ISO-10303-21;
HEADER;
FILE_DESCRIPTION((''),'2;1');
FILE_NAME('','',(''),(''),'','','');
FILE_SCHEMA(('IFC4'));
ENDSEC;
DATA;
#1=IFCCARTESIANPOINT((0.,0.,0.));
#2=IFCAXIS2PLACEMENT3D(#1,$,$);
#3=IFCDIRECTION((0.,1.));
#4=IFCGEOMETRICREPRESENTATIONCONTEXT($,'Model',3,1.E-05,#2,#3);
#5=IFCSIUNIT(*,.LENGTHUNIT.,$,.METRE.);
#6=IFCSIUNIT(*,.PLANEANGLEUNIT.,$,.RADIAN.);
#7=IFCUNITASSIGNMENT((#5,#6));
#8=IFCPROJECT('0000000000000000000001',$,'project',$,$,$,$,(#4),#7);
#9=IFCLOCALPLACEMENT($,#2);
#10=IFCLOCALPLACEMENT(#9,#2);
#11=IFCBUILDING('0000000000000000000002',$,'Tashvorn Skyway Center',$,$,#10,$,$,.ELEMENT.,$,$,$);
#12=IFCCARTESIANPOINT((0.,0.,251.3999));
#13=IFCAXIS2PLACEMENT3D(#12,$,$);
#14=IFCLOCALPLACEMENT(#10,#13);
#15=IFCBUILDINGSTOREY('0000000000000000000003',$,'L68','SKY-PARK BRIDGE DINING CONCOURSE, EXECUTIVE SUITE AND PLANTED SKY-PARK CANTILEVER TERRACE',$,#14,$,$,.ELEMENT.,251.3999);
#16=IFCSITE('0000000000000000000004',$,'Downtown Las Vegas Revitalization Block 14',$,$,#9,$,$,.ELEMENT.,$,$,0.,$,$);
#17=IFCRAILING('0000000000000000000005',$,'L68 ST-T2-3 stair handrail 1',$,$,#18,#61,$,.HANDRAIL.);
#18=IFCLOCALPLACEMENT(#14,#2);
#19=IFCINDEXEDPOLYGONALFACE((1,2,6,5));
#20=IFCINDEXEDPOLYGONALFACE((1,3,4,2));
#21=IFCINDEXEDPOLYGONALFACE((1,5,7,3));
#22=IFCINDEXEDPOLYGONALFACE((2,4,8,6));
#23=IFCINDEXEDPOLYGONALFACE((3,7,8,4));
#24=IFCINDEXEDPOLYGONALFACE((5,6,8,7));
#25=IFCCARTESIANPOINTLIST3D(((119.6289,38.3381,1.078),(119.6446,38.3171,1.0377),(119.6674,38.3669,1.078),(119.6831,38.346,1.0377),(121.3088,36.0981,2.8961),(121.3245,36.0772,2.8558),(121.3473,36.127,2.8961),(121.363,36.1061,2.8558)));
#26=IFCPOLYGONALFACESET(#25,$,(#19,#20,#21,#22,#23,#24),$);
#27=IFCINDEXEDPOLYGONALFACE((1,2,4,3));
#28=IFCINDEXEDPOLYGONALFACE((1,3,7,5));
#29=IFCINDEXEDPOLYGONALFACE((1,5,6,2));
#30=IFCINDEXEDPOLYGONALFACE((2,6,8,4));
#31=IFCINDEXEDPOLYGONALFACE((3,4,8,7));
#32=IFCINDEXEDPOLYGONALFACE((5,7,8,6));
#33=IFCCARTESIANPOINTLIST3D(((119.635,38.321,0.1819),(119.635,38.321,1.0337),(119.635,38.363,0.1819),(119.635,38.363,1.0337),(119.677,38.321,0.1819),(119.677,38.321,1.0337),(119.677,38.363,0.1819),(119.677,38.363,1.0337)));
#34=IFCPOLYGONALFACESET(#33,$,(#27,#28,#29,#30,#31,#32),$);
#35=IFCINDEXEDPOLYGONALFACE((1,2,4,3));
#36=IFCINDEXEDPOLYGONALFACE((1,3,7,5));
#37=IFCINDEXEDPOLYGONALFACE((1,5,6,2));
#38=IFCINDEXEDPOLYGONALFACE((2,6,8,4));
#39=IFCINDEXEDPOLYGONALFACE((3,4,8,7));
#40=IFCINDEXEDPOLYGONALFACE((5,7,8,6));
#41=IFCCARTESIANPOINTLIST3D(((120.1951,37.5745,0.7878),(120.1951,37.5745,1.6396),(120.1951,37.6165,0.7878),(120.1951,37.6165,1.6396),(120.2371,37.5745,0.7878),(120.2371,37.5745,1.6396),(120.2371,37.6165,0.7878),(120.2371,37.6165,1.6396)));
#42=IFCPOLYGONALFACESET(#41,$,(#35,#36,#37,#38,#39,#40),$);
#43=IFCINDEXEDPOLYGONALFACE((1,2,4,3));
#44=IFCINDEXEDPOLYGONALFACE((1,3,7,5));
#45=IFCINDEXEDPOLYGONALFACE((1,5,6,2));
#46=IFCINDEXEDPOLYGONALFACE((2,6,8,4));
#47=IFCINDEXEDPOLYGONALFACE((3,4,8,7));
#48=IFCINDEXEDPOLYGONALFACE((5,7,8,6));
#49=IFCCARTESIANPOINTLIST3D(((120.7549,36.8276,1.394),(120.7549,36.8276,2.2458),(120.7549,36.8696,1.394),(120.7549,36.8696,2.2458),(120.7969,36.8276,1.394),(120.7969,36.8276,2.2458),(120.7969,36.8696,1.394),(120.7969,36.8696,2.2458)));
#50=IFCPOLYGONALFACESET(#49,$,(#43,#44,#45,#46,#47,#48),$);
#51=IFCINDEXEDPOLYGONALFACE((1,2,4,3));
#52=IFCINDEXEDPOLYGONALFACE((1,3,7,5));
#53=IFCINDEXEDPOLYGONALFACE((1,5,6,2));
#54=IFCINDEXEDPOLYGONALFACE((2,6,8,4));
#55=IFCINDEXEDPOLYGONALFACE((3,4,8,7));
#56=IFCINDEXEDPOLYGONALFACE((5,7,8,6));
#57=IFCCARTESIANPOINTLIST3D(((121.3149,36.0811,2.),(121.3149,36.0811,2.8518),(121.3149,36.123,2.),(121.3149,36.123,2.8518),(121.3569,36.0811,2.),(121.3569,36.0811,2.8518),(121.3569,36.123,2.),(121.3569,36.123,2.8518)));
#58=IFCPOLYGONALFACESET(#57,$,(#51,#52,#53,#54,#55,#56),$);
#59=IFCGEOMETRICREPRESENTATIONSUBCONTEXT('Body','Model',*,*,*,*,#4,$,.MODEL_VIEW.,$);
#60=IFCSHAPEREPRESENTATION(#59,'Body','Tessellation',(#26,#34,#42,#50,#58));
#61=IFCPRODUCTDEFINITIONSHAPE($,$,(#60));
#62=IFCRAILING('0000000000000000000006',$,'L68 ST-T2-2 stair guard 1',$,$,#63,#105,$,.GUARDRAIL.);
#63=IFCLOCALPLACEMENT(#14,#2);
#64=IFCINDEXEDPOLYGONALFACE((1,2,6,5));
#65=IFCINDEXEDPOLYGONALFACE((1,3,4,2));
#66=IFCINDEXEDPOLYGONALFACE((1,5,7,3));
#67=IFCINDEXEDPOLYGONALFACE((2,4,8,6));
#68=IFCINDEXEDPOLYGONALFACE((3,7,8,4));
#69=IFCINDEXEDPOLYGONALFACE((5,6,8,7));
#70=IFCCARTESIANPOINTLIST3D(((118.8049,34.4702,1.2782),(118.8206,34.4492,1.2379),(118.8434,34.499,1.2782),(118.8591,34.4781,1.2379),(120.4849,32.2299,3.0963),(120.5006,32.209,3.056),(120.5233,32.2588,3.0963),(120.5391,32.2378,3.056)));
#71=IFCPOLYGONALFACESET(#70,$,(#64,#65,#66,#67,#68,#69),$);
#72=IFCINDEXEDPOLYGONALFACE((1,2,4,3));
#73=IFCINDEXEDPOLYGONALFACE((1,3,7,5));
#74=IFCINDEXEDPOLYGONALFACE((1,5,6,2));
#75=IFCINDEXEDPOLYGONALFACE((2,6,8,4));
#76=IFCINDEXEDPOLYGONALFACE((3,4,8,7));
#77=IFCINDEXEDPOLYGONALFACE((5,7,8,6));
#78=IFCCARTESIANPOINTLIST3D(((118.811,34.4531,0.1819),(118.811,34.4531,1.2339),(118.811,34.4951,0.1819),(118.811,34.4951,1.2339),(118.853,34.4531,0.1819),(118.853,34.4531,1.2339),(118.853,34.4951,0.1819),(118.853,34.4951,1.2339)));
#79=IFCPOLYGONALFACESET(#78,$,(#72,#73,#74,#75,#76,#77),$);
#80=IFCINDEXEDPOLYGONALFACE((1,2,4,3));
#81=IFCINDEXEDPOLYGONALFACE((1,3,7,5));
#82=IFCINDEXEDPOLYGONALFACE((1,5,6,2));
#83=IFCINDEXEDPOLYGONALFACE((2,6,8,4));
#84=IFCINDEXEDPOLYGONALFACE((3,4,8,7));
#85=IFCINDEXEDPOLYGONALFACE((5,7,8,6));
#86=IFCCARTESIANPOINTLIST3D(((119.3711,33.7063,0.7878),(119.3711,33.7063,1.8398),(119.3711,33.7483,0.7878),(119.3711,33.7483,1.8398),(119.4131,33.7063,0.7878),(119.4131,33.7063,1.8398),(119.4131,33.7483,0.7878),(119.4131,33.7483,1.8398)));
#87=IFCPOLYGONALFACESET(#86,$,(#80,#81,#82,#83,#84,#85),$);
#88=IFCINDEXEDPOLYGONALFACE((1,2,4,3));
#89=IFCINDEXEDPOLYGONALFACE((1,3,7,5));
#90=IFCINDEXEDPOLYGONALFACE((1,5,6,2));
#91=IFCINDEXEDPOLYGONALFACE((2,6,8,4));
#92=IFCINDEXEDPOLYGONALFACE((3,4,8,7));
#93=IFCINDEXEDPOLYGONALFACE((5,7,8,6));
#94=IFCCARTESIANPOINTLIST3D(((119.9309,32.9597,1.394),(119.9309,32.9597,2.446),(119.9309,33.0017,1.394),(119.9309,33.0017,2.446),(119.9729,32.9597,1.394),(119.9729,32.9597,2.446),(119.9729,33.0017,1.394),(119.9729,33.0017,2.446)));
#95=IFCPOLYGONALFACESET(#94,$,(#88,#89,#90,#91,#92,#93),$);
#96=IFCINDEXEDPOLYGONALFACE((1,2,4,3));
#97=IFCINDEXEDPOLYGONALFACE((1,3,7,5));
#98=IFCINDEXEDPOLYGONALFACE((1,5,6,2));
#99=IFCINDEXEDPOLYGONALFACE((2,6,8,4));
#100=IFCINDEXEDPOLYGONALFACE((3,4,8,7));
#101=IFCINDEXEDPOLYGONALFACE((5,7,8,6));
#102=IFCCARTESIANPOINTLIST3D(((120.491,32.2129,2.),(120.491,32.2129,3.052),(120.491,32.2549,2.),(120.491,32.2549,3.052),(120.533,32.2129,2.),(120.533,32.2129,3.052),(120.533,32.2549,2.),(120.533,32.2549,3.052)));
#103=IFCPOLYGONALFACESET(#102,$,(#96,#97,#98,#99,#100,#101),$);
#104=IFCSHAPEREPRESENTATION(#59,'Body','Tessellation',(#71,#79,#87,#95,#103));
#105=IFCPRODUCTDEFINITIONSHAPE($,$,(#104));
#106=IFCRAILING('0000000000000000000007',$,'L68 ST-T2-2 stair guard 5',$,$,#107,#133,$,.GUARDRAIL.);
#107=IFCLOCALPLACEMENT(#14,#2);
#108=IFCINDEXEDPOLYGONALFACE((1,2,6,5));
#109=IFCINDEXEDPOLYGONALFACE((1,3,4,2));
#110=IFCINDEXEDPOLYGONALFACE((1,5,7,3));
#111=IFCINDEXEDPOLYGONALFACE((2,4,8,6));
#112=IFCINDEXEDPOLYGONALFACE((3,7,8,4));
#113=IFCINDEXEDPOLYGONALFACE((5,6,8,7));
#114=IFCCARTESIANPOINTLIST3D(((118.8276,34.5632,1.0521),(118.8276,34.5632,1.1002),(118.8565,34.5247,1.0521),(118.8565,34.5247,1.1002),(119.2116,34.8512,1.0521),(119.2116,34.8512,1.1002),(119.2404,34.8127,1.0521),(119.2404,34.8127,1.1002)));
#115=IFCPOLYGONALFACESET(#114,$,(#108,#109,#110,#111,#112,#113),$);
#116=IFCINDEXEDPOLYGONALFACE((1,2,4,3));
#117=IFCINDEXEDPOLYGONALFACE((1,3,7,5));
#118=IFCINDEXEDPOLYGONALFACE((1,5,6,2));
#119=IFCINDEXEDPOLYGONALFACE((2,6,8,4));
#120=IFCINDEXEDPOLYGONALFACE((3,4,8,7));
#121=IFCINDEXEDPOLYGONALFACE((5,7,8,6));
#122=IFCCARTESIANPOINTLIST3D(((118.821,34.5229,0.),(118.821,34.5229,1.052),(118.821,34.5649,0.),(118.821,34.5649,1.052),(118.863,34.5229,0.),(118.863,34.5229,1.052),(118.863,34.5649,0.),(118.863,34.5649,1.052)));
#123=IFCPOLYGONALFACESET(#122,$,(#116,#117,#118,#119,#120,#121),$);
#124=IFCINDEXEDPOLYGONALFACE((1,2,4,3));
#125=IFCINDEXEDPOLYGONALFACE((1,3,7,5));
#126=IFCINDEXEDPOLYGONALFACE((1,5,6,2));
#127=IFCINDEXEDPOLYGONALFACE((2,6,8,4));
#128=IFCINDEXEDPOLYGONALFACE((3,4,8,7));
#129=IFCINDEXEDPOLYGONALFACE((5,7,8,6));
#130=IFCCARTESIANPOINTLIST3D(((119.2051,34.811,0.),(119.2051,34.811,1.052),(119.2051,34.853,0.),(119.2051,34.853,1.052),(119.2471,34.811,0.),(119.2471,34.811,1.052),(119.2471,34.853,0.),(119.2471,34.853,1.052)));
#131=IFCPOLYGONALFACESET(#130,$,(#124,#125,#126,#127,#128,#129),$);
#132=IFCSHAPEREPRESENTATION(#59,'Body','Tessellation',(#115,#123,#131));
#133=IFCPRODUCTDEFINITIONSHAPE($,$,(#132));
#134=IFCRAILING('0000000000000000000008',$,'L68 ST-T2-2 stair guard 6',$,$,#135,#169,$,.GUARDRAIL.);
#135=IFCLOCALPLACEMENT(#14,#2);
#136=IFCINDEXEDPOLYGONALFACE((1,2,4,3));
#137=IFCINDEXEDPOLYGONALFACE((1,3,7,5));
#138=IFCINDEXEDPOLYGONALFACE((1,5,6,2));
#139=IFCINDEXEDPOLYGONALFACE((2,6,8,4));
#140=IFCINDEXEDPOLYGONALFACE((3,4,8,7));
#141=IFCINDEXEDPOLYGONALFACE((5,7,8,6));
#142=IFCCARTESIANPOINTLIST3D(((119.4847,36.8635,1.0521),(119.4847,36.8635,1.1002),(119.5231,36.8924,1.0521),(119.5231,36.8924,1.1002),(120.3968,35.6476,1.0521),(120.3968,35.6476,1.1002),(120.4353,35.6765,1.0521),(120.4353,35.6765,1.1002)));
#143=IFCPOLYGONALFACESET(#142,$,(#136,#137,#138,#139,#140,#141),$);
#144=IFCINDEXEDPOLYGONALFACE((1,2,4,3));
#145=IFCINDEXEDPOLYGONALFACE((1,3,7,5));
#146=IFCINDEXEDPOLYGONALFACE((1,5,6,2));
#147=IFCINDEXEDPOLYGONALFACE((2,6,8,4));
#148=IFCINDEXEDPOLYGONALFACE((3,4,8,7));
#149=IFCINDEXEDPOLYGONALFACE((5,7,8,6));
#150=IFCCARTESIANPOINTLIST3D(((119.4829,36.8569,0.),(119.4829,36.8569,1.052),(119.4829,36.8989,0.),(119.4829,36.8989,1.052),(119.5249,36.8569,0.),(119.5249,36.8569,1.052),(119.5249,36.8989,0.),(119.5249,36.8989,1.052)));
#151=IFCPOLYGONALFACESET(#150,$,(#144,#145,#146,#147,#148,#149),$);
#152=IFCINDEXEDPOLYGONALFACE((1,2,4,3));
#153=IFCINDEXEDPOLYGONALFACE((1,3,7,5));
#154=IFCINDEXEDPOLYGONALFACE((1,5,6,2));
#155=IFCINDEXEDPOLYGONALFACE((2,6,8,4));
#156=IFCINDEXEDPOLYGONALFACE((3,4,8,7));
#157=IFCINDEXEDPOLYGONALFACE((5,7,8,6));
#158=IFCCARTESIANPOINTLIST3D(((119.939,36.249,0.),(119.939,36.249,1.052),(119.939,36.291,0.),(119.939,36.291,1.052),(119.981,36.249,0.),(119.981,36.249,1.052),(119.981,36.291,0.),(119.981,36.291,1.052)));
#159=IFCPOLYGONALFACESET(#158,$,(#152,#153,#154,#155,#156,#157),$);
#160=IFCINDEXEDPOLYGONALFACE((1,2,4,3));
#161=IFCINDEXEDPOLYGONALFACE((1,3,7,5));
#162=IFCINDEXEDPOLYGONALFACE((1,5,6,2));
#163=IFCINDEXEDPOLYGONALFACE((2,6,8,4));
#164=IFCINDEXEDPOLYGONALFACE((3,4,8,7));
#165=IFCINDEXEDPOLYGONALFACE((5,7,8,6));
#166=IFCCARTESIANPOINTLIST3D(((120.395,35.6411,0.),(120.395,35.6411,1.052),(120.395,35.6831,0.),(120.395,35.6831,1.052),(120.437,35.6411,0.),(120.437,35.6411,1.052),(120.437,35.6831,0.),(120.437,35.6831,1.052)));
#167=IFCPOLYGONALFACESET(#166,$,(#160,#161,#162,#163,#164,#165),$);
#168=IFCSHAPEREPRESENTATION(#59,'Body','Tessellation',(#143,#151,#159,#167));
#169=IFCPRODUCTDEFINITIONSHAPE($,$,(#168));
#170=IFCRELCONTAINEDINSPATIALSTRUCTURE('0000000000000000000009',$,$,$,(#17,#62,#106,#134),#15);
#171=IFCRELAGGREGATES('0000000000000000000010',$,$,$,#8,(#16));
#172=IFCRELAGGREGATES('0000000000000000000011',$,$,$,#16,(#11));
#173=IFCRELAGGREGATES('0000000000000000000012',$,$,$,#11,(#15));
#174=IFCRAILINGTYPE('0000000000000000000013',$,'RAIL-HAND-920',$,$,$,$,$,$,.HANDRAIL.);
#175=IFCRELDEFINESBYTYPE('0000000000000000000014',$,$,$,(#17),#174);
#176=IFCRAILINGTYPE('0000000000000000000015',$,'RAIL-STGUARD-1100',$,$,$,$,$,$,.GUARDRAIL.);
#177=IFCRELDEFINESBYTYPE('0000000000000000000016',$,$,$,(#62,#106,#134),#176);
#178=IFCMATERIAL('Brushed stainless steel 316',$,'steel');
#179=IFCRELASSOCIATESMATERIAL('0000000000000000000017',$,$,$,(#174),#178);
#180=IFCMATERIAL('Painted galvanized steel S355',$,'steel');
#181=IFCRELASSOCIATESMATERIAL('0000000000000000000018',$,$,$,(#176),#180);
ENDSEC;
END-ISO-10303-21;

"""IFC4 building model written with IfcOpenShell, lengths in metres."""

from ifc_helpers import new_model, si_unit, direction, frame, origin, origin_2d, place, context, subcontext, project, spatial, rectangle, extrude, material, type_object, element, save


model = new_model("IFC4")

# Units and contexts
model_context = context("Model", 3, precision=1e-05, world=origin(), true_north=direction((0.0, 1.0)))
body_context = subcontext(model_context, "Body", "Model", "MODEL_VIEW")
ifc_project = project(units=[si_unit("LENGTHUNIT", "METRE"), si_unit("PLANEANGLEUNIT", "RADIAN")], contexts=[model_context])

# Site, building, storey
site_placement = place(None, origin())
site = spatial("IfcSite", under=ifc_project, at=site_placement, Name="Downtown Las Vegas Revitalization Block 14", CompositionType="ELEMENT", RefElevation=0.0)
building_placement = place(site_placement, origin())
building = spatial("IfcBuilding", under=site, at=building_placement, Name="Tashvorn Skyway Center", CompositionType="ELEMENT")
storey_placement = place(building_placement, frame((0.0, 0.0, 251.3999)))
storey = spatial("IfcBuildingStorey", under=building, at=storey_placement, Name="L68", Description="SKY-PARK BRIDGE DINING CONCOURSE, EXECUTIVE SUITE AND PLANTED SKY-PARK CANTILEVER TERRACE", CompositionType="ELEMENT", Elevation=251.3999)

# Railings
ifc_material_1 = material(Name="Brushed stainless steel 316", Category="steel")
railing_type_1 = type_object("IfcRailingType", Name="RAIL-HAND-920", PredefinedType="HANDRAIL", material=ifc_material_1)
railing_1_placement = place(storey_placement, frame((119.656, 38.342, 0.1819)))
element("IfcRailing", 1, at=railing_1_placement, inside=storey, type_object=railing_type_1, Name="L68 ST-T2-3 stair handrail 1", PredefinedType="HANDRAIL", context=body_context, shape_type="SweptSolid", body=[
    extrude(rectangle(XDim=0.0481, YDim=0.0481, at=origin_2d()), frame((0.0, 0.0, 0.876), z_axis=(0.503207, -0.670966, 0.544598), x_axis=(0.80001, 0.599986, 0.0)), (0.0, 0.0, 1.0), 3.3384),
    extrude(rectangle(XDim=0.042, YDim=0.042, at=origin_2d()), origin(), (0.0, 0.0, 1.0), 0.8518),
    extrude(rectangle(XDim=0.042, YDim=0.042, at=origin_2d()), frame((0.5601, -0.7466, 0.606)), (0.0, 0.0, 1.0), 0.8518),
    extrude(rectangle(XDim=0.042, YDim=0.042, at=origin_2d()), frame((1.1199, -1.4934, 1.2122)), (0.0, 0.0, 1.0), 0.8518),
    extrude(rectangle(XDim=0.042, YDim=0.042, at=origin_2d()), frame((1.6799, -2.24, 1.8181)), (0.0, 0.0, 1.0), 0.8518),
])
ifc_material_2 = material(Name="Painted galvanized steel S355", Category="steel")
railing_type_2 = type_object("IfcRailingType", Name="RAIL-STGUARD-1100", PredefinedType="GUARDRAIL", material=ifc_material_2)
railing_2_placement = place(storey_placement, frame((118.832, 34.4741, 0.1819)))
element("IfcRailing", 2, at=railing_2_placement, inside=storey, type_object=railing_type_2, Name="L68 ST-T2-2 stair guard 1", PredefinedType="GUARDRAIL", context=body_context, shape_type="SweptSolid", body=[
    extrude(rectangle(XDim=0.0481, YDim=0.0481, at=origin_2d()), frame((0.0, 0.0, 1.0762), z_axis=(0.503182, -0.671007, 0.544571), x_axis=(0.800042, 0.599944, 0.0)), (0.0, 0.0, 1.0), 3.3386),
    extrude(rectangle(XDim=0.042, YDim=0.042, at=origin_2d()), origin(), (0.0, 0.0, 1.0), 1.052),
    extrude(rectangle(XDim=0.042, YDim=0.042, at=origin_2d()), frame((0.5601, -0.7468, 0.606)), (0.0, 0.0, 1.0), 1.052),
    extrude(rectangle(XDim=0.042, YDim=0.042, at=origin_2d()), frame((1.1199, -1.4934, 1.2122)), (0.0, 0.0, 1.0), 1.052),
    extrude(rectangle(XDim=0.042, YDim=0.042, at=origin_2d()), frame((1.6799, -2.2402, 1.8181)), (0.0, 0.0, 1.0), 1.052),
])
railing_3_placement = place(storey_placement, frame((118.842, 34.5439, 0.0)))
element("IfcRailing", 3, at=railing_3_placement, inside=storey, type_object=railing_type_2, Name="L68 ST-T2-2 stair guard 5", PredefinedType="GUARDRAIL", context=body_context, shape_type="SweptSolid", body=[
    extrude(rectangle(XDim=0.0481, YDim=0.0481, at=origin_2d()), frame((0.0, 0.0, 1.0762), z_axis=(0.799939, 0.600081, 0.0), x_axis=(-0.600081, 0.799939, 0.0)), (0.0, 0.0, 1.0), 0.48),
    extrude(rectangle(XDim=0.042, YDim=0.042, at=origin_2d()), origin(), (0.0, 0.0, 1.0), 1.052),
    extrude(rectangle(XDim=0.042, YDim=0.042, at=origin_2d()), frame((0.384, 0.2881, 0.0)), (0.0, 0.0, 1.0), 1.052),
])
railing_4_placement = place(storey_placement, frame((119.5039, 36.8779, 0.0)))
element("IfcRailing", 4, at=railing_4_placement, inside=storey, type_object=railing_type_2, Name="L68 ST-T2-2 stair guard 6", PredefinedType="GUARDRAIL", context=body_context, shape_type="SweptSolid", body=[
    extrude(rectangle(XDim=0.0481, YDim=0.0481, at=origin_2d()), frame((0.0, 0.0, 1.0762), z_axis=(0.600103, -0.799923, 0.0), x_axis=(0.799923, 0.600103, 0.0)), (0.0, 0.0, 1.0), 1.52),
    extrude(rectangle(XDim=0.042, YDim=0.042, at=origin_2d()), origin(), (0.0, 0.0, 1.0), 1.052),
    extrude(rectangle(XDim=0.042, YDim=0.042, at=origin_2d()), frame((0.4561, -0.6079, 0.0)), (0.0, 0.0, 1.0), 1.052),
    extrude(rectangle(XDim=0.042, YDim=0.042, at=origin_2d()), frame((0.9121, -1.2158, 0.0)), (0.0, 0.0, 1.0), 1.052),
])

save(model, "model.ifc")
